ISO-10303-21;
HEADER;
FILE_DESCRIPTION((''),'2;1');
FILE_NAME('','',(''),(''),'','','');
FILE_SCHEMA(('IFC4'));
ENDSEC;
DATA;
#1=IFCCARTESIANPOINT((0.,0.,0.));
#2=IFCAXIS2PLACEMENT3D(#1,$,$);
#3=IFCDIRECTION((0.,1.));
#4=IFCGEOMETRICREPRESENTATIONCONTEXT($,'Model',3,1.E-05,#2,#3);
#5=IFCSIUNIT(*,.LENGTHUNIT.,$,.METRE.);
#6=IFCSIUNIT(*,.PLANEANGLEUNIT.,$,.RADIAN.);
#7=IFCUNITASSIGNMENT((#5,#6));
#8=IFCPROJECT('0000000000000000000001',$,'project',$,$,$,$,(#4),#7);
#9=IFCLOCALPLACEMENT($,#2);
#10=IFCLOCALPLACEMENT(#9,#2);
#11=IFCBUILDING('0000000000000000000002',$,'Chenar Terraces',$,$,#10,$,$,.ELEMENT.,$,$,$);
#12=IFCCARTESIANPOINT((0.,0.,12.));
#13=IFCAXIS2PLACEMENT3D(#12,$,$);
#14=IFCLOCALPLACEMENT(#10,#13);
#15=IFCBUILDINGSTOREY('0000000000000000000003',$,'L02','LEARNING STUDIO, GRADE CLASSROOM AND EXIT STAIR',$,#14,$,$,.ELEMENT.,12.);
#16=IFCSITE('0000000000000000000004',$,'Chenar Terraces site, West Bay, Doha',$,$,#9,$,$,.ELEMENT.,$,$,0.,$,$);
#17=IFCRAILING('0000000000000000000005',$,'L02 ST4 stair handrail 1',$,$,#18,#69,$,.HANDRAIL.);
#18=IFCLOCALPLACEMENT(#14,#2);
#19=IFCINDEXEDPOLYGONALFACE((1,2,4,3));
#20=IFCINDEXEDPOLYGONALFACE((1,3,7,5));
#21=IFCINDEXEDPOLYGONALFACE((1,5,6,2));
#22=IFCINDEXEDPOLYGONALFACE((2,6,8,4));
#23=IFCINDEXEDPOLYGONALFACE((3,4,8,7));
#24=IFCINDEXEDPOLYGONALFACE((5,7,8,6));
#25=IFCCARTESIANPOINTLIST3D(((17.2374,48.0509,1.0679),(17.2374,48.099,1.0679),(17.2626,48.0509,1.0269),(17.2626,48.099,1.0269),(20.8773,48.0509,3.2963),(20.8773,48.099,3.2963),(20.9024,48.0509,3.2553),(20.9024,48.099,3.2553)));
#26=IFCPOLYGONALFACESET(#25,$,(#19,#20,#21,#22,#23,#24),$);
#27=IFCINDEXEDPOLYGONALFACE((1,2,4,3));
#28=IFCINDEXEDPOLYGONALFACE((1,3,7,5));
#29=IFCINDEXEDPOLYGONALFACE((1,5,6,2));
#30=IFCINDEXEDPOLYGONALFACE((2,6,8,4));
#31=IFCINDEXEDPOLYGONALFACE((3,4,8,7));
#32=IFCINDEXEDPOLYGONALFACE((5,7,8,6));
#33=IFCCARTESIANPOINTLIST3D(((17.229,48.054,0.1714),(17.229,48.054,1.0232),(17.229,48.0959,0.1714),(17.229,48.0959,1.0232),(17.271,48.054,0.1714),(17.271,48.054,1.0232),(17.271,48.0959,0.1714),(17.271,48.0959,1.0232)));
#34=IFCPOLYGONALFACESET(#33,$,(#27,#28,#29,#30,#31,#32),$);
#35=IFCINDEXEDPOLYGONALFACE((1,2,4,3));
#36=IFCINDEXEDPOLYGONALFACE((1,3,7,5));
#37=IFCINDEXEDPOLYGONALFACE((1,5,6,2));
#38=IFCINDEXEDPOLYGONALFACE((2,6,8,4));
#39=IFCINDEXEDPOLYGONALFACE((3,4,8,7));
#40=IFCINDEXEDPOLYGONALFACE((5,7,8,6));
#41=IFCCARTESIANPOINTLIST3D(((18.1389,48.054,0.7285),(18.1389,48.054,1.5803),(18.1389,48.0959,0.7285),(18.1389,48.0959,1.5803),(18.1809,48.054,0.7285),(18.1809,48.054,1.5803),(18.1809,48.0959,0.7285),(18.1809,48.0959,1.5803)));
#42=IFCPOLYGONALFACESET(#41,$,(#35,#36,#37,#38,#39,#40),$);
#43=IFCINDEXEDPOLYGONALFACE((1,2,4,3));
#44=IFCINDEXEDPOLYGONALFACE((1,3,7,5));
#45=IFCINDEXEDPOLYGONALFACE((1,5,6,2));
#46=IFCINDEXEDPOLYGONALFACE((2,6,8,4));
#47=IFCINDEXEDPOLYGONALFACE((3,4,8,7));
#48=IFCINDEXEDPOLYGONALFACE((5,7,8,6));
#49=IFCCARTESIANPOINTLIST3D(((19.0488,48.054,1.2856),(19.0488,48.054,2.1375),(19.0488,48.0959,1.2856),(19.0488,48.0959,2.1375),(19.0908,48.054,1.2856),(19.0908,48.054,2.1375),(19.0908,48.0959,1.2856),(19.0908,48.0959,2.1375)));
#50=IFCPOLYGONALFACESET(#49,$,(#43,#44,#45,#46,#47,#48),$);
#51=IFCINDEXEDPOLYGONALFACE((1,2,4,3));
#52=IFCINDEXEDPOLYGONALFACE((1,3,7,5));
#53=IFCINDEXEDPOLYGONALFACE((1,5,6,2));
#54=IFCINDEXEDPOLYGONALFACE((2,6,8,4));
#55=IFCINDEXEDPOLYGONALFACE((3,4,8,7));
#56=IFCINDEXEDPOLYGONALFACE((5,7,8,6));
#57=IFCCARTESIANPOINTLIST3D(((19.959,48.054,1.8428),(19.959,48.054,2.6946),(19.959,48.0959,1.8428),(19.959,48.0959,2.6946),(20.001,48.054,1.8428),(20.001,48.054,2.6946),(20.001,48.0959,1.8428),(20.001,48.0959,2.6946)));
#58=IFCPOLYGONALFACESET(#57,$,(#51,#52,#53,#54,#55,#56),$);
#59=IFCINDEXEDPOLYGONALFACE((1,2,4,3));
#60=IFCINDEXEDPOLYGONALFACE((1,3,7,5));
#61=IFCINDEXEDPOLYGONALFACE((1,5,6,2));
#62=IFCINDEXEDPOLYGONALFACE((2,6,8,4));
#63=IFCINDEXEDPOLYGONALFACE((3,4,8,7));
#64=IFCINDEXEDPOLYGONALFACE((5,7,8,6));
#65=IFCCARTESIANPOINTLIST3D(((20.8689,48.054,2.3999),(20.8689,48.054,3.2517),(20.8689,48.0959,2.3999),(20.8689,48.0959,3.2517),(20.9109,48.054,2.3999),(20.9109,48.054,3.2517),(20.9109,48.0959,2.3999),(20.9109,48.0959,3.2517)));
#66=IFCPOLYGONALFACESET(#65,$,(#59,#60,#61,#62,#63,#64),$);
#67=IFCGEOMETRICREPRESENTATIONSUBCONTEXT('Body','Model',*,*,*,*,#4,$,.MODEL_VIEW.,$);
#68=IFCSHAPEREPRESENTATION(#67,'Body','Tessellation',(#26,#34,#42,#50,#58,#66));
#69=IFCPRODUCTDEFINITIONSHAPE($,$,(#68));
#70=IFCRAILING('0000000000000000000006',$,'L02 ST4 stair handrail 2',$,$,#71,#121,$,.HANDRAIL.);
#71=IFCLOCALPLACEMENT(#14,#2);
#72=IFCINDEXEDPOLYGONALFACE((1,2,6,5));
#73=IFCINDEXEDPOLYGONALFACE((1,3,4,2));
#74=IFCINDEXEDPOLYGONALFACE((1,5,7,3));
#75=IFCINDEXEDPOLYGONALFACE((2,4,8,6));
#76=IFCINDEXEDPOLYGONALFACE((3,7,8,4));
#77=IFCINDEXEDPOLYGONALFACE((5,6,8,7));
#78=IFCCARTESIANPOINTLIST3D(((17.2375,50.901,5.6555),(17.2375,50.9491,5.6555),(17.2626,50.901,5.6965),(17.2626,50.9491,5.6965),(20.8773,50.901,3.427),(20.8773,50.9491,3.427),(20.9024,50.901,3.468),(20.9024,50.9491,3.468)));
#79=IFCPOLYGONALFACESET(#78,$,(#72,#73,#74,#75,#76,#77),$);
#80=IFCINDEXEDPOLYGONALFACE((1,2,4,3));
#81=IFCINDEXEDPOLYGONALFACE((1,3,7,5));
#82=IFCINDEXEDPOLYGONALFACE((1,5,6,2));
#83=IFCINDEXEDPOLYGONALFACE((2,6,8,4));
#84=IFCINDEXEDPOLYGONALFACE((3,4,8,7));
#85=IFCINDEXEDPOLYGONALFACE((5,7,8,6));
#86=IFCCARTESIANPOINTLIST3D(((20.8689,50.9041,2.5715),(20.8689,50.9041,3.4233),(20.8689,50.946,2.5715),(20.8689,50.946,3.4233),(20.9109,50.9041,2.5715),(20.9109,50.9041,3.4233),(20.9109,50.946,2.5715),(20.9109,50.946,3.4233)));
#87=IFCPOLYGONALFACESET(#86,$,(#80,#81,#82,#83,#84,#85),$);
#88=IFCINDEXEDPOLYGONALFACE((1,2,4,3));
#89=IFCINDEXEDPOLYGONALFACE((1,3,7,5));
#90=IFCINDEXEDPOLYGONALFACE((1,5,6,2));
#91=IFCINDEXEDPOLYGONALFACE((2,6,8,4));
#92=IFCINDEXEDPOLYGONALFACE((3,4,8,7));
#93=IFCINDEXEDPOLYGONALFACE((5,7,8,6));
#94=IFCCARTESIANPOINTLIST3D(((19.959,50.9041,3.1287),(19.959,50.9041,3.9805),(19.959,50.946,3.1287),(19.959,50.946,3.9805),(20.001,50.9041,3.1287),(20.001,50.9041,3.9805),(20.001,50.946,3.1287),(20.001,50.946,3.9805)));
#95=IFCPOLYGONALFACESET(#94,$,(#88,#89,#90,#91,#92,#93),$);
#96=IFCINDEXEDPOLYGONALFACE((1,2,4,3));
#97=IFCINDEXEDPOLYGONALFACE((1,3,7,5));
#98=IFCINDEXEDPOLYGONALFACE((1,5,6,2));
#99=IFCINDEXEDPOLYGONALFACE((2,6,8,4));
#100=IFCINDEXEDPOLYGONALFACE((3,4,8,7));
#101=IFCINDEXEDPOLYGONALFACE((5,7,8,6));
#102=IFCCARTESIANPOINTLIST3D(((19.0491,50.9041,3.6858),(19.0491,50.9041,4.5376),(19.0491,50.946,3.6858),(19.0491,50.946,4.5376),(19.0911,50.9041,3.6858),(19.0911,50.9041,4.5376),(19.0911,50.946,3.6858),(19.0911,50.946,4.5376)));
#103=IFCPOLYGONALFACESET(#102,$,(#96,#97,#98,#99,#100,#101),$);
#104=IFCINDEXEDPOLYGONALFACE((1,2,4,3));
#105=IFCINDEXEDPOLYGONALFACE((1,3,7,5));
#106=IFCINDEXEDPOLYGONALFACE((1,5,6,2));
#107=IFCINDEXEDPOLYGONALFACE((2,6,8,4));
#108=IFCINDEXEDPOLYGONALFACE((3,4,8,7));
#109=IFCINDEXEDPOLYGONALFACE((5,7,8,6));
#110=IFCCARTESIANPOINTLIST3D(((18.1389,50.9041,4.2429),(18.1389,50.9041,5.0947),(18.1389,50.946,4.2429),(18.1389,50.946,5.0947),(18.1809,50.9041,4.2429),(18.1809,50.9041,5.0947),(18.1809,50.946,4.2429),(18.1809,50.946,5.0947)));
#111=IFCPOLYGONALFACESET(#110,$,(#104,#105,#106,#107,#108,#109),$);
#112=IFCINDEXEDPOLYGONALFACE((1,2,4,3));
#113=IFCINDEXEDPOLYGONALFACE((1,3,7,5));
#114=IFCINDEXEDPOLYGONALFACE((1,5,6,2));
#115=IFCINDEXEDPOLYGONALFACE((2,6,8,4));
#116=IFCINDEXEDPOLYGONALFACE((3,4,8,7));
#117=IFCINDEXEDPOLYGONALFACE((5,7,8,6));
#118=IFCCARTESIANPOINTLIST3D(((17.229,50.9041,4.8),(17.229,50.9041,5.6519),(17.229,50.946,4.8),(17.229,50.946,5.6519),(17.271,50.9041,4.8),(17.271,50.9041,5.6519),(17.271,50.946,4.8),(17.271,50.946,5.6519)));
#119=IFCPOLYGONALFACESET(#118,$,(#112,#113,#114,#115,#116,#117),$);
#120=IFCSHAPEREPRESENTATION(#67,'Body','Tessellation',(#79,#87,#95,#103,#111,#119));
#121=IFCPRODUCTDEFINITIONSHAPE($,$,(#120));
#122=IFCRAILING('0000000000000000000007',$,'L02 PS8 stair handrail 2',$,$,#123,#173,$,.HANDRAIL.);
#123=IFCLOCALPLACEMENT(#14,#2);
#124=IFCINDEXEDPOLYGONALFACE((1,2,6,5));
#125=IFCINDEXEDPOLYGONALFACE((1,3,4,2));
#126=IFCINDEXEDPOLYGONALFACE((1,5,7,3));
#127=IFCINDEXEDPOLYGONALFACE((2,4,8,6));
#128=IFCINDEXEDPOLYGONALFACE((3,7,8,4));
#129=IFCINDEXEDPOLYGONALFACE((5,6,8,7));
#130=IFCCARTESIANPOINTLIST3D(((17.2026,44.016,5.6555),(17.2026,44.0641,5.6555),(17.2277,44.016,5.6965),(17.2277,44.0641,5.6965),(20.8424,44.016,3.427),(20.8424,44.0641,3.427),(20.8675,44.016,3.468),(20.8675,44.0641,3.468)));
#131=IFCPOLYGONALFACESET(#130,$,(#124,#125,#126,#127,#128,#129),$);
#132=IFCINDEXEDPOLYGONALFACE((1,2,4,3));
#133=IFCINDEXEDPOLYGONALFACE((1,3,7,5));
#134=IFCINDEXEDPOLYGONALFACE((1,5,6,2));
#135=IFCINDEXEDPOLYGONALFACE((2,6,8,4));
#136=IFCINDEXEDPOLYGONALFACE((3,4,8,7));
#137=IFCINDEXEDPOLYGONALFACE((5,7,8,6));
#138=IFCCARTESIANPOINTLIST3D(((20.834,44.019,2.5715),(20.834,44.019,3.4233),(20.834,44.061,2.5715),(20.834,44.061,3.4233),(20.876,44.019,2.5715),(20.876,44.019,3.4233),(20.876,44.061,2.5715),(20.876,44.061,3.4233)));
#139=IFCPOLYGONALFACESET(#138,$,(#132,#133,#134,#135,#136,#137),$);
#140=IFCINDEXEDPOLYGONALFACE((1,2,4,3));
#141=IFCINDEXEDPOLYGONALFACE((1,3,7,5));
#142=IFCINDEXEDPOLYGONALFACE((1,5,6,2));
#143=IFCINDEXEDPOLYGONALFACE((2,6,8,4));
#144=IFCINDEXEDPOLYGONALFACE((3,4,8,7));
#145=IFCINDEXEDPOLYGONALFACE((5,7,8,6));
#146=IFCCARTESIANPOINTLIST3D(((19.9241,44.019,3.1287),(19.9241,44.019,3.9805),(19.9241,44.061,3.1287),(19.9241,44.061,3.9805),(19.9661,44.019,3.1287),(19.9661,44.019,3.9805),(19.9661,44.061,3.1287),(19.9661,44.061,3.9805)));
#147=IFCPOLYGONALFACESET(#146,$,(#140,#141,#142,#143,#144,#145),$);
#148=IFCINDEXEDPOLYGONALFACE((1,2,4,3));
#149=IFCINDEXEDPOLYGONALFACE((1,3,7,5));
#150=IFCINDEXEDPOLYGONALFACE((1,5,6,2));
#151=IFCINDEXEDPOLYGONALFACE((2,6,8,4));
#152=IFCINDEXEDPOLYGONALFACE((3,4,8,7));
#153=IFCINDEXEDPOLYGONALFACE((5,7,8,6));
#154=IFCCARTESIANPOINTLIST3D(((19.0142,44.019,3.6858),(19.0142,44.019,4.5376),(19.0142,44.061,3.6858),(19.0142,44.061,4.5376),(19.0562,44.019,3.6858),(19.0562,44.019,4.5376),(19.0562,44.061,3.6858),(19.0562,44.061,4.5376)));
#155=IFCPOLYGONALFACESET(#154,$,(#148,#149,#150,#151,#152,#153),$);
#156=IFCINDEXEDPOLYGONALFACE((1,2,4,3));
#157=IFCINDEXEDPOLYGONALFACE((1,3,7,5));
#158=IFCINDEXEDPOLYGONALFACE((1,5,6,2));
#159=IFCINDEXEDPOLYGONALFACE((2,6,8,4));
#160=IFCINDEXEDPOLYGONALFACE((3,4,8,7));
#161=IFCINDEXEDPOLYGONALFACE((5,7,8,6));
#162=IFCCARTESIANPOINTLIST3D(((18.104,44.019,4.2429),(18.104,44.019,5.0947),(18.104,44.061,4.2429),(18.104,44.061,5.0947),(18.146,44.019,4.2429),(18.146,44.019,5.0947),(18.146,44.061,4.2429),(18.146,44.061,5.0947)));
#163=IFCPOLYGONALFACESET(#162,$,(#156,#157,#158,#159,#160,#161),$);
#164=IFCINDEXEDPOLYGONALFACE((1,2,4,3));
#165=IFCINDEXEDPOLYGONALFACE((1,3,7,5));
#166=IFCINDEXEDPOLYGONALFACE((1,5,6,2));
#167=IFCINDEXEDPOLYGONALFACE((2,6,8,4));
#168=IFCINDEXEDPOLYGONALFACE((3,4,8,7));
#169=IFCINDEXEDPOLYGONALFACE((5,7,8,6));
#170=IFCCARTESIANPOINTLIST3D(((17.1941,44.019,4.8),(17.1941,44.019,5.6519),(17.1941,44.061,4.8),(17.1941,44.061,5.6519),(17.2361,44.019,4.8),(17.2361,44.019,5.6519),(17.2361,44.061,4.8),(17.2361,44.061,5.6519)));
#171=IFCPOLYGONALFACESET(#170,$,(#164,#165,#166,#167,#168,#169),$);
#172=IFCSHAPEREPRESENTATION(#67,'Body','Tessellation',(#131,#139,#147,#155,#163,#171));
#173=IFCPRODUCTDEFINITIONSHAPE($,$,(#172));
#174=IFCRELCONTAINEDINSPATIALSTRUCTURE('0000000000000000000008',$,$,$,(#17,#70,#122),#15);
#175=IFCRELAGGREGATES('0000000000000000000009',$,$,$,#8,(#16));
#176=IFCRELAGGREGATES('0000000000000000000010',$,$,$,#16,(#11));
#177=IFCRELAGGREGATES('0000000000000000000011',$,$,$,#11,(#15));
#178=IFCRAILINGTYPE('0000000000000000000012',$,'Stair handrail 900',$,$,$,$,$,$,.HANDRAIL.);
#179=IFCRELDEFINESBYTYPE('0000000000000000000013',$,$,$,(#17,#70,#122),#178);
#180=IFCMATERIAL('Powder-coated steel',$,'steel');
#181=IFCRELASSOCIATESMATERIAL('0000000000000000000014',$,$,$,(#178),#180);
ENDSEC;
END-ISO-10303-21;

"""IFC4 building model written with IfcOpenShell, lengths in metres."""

from ifc_helpers import new_model, si_unit, direction, frame, origin, origin_2d, place, context, subcontext, project, spatial, rectangle, extrude, material, type_object, element, save


model = new_model("IFC4")

# Units and contexts
model_context = context("Model", 3, precision=1e-05, world=origin(), true_north=direction((0.0, 1.0)))
body_context = subcontext(model_context, "Body", "Model", "MODEL_VIEW")
ifc_project = project(units=[si_unit("LENGTHUNIT", "METRE"), si_unit("PLANEANGLEUNIT", "RADIAN")], contexts=[model_context])

# Site, building, storey
site_placement = place(None, origin())
site = spatial("IfcSite", under=ifc_project, at=site_placement, Name="Chenar Terraces site, West Bay, Doha", CompositionType="ELEMENT", RefElevation=0.0)
building_placement = place(site_placement, origin())
building = spatial("IfcBuilding", under=site, at=building_placement, Name="Chenar Terraces", CompositionType="ELEMENT")
storey_placement = place(building_placement, frame((0.0, 0.0, 12.0)))
storey = spatial("IfcBuildingStorey", under=building, at=storey_placement, Name="L02", Description="LEARNING STUDIO, GRADE CLASSROOM AND EXIT STAIR", CompositionType="ELEMENT", Elevation=12.0)

# Railings
ifc_material_1 = material(Name="Powder-coated steel", Category="steel")
railing_type_1 = type_object("IfcRailingType", Name="Stair handrail 900", PredefinedType="HANDRAIL", material=ifc_material_1)
railing_1_placement = place(storey_placement, frame((17.25, 48.075, 0.1714)))
element("IfcRailing", 1, at=railing_1_placement, inside=storey, type_object=railing_type_1, Name="L02 ST4 stair handrail 1", PredefinedType="HANDRAIL", context=body_context, shape_type="SweptSolid", body=[
    extrude(rectangle(XDim=0.0481, YDim=0.0481, at=origin_2d()), frame((0.0, 0.0, 0.876), z_axis=(0.85285, 0.0, 0.522156), x_axis=(0.0, 1.0, 0.0)), (0.0, 0.0, 1.0), 4.2678),
    extrude(rectangle(XDim=0.042, YDim=0.042, at=origin_2d()), origin(), (0.0, 0.0, 1.0), 0.8518),
    extrude(rectangle(XDim=0.042, YDim=0.042, at=origin_2d()), frame((0.9099, 0.0, 0.5571)), (0.0, 0.0, 1.0), 0.8518),
    extrude(rectangle(XDim=0.042, YDim=0.042, at=origin_2d()), frame((1.8198, 0.0, 1.1143)), (0.0, 0.0, 1.0), 0.8518),
    extrude(rectangle(XDim=0.042, YDim=0.042, at=origin_2d()), frame((2.73, 0.0, 1.6714)), (0.0, 0.0, 1.0), 0.8518),
    extrude(rectangle(XDim=0.042, YDim=0.042, at=origin_2d()), frame((3.6399, 0.0, 2.2285)), (0.0, 0.0, 1.0), 0.8518),
])
for number, where, name in (
    (2, (20.8899, 50.925, 2.5715), "L02 ST4 stair handrail 2"),
    (3, (20.855, 44.04, 2.5715), "L02 PS8 stair handrail 2"),
):
    element("IfcRailing", number, at=place(storey_placement, frame(where)), inside=storey, type_object=railing_type_1, Name=name, PredefinedType="HANDRAIL", context=body_context, shape_type="SweptSolid", body=[
        extrude(rectangle(XDim=0.0481, YDim=0.0481, at=origin_2d()), frame((0.0, 0.0, 0.876), z_axis=(-0.85285, 0.0, 0.522156), x_axis=(0.0, -1.0, 0.0)), (0.0, 0.0, 1.0), 4.2678),
        extrude(rectangle(XDim=0.042, YDim=0.042, at=origin_2d()), origin(), (0.0, 0.0, 1.0), 0.8518),
        extrude(rectangle(XDim=0.042, YDim=0.042, at=origin_2d()), frame((-0.9099, 0.0, 0.5571)), (0.0, 0.0, 1.0), 0.8518),
        extrude(rectangle(XDim=0.042, YDim=0.042, at=origin_2d()), frame((-1.8198, 0.0, 1.1143)), (0.0, 0.0, 1.0), 0.8518),
        extrude(rectangle(XDim=0.042, YDim=0.042, at=origin_2d()), frame((-2.73, 0.0, 1.6714)), (0.0, 0.0, 1.0), 0.8518),
        extrude(rectangle(XDim=0.042, YDim=0.042, at=origin_2d()), frame((-3.6399, 0.0, 2.2285)), (0.0, 0.0, 1.0), 0.8518),
    ])

save(model, "model.ifc")
